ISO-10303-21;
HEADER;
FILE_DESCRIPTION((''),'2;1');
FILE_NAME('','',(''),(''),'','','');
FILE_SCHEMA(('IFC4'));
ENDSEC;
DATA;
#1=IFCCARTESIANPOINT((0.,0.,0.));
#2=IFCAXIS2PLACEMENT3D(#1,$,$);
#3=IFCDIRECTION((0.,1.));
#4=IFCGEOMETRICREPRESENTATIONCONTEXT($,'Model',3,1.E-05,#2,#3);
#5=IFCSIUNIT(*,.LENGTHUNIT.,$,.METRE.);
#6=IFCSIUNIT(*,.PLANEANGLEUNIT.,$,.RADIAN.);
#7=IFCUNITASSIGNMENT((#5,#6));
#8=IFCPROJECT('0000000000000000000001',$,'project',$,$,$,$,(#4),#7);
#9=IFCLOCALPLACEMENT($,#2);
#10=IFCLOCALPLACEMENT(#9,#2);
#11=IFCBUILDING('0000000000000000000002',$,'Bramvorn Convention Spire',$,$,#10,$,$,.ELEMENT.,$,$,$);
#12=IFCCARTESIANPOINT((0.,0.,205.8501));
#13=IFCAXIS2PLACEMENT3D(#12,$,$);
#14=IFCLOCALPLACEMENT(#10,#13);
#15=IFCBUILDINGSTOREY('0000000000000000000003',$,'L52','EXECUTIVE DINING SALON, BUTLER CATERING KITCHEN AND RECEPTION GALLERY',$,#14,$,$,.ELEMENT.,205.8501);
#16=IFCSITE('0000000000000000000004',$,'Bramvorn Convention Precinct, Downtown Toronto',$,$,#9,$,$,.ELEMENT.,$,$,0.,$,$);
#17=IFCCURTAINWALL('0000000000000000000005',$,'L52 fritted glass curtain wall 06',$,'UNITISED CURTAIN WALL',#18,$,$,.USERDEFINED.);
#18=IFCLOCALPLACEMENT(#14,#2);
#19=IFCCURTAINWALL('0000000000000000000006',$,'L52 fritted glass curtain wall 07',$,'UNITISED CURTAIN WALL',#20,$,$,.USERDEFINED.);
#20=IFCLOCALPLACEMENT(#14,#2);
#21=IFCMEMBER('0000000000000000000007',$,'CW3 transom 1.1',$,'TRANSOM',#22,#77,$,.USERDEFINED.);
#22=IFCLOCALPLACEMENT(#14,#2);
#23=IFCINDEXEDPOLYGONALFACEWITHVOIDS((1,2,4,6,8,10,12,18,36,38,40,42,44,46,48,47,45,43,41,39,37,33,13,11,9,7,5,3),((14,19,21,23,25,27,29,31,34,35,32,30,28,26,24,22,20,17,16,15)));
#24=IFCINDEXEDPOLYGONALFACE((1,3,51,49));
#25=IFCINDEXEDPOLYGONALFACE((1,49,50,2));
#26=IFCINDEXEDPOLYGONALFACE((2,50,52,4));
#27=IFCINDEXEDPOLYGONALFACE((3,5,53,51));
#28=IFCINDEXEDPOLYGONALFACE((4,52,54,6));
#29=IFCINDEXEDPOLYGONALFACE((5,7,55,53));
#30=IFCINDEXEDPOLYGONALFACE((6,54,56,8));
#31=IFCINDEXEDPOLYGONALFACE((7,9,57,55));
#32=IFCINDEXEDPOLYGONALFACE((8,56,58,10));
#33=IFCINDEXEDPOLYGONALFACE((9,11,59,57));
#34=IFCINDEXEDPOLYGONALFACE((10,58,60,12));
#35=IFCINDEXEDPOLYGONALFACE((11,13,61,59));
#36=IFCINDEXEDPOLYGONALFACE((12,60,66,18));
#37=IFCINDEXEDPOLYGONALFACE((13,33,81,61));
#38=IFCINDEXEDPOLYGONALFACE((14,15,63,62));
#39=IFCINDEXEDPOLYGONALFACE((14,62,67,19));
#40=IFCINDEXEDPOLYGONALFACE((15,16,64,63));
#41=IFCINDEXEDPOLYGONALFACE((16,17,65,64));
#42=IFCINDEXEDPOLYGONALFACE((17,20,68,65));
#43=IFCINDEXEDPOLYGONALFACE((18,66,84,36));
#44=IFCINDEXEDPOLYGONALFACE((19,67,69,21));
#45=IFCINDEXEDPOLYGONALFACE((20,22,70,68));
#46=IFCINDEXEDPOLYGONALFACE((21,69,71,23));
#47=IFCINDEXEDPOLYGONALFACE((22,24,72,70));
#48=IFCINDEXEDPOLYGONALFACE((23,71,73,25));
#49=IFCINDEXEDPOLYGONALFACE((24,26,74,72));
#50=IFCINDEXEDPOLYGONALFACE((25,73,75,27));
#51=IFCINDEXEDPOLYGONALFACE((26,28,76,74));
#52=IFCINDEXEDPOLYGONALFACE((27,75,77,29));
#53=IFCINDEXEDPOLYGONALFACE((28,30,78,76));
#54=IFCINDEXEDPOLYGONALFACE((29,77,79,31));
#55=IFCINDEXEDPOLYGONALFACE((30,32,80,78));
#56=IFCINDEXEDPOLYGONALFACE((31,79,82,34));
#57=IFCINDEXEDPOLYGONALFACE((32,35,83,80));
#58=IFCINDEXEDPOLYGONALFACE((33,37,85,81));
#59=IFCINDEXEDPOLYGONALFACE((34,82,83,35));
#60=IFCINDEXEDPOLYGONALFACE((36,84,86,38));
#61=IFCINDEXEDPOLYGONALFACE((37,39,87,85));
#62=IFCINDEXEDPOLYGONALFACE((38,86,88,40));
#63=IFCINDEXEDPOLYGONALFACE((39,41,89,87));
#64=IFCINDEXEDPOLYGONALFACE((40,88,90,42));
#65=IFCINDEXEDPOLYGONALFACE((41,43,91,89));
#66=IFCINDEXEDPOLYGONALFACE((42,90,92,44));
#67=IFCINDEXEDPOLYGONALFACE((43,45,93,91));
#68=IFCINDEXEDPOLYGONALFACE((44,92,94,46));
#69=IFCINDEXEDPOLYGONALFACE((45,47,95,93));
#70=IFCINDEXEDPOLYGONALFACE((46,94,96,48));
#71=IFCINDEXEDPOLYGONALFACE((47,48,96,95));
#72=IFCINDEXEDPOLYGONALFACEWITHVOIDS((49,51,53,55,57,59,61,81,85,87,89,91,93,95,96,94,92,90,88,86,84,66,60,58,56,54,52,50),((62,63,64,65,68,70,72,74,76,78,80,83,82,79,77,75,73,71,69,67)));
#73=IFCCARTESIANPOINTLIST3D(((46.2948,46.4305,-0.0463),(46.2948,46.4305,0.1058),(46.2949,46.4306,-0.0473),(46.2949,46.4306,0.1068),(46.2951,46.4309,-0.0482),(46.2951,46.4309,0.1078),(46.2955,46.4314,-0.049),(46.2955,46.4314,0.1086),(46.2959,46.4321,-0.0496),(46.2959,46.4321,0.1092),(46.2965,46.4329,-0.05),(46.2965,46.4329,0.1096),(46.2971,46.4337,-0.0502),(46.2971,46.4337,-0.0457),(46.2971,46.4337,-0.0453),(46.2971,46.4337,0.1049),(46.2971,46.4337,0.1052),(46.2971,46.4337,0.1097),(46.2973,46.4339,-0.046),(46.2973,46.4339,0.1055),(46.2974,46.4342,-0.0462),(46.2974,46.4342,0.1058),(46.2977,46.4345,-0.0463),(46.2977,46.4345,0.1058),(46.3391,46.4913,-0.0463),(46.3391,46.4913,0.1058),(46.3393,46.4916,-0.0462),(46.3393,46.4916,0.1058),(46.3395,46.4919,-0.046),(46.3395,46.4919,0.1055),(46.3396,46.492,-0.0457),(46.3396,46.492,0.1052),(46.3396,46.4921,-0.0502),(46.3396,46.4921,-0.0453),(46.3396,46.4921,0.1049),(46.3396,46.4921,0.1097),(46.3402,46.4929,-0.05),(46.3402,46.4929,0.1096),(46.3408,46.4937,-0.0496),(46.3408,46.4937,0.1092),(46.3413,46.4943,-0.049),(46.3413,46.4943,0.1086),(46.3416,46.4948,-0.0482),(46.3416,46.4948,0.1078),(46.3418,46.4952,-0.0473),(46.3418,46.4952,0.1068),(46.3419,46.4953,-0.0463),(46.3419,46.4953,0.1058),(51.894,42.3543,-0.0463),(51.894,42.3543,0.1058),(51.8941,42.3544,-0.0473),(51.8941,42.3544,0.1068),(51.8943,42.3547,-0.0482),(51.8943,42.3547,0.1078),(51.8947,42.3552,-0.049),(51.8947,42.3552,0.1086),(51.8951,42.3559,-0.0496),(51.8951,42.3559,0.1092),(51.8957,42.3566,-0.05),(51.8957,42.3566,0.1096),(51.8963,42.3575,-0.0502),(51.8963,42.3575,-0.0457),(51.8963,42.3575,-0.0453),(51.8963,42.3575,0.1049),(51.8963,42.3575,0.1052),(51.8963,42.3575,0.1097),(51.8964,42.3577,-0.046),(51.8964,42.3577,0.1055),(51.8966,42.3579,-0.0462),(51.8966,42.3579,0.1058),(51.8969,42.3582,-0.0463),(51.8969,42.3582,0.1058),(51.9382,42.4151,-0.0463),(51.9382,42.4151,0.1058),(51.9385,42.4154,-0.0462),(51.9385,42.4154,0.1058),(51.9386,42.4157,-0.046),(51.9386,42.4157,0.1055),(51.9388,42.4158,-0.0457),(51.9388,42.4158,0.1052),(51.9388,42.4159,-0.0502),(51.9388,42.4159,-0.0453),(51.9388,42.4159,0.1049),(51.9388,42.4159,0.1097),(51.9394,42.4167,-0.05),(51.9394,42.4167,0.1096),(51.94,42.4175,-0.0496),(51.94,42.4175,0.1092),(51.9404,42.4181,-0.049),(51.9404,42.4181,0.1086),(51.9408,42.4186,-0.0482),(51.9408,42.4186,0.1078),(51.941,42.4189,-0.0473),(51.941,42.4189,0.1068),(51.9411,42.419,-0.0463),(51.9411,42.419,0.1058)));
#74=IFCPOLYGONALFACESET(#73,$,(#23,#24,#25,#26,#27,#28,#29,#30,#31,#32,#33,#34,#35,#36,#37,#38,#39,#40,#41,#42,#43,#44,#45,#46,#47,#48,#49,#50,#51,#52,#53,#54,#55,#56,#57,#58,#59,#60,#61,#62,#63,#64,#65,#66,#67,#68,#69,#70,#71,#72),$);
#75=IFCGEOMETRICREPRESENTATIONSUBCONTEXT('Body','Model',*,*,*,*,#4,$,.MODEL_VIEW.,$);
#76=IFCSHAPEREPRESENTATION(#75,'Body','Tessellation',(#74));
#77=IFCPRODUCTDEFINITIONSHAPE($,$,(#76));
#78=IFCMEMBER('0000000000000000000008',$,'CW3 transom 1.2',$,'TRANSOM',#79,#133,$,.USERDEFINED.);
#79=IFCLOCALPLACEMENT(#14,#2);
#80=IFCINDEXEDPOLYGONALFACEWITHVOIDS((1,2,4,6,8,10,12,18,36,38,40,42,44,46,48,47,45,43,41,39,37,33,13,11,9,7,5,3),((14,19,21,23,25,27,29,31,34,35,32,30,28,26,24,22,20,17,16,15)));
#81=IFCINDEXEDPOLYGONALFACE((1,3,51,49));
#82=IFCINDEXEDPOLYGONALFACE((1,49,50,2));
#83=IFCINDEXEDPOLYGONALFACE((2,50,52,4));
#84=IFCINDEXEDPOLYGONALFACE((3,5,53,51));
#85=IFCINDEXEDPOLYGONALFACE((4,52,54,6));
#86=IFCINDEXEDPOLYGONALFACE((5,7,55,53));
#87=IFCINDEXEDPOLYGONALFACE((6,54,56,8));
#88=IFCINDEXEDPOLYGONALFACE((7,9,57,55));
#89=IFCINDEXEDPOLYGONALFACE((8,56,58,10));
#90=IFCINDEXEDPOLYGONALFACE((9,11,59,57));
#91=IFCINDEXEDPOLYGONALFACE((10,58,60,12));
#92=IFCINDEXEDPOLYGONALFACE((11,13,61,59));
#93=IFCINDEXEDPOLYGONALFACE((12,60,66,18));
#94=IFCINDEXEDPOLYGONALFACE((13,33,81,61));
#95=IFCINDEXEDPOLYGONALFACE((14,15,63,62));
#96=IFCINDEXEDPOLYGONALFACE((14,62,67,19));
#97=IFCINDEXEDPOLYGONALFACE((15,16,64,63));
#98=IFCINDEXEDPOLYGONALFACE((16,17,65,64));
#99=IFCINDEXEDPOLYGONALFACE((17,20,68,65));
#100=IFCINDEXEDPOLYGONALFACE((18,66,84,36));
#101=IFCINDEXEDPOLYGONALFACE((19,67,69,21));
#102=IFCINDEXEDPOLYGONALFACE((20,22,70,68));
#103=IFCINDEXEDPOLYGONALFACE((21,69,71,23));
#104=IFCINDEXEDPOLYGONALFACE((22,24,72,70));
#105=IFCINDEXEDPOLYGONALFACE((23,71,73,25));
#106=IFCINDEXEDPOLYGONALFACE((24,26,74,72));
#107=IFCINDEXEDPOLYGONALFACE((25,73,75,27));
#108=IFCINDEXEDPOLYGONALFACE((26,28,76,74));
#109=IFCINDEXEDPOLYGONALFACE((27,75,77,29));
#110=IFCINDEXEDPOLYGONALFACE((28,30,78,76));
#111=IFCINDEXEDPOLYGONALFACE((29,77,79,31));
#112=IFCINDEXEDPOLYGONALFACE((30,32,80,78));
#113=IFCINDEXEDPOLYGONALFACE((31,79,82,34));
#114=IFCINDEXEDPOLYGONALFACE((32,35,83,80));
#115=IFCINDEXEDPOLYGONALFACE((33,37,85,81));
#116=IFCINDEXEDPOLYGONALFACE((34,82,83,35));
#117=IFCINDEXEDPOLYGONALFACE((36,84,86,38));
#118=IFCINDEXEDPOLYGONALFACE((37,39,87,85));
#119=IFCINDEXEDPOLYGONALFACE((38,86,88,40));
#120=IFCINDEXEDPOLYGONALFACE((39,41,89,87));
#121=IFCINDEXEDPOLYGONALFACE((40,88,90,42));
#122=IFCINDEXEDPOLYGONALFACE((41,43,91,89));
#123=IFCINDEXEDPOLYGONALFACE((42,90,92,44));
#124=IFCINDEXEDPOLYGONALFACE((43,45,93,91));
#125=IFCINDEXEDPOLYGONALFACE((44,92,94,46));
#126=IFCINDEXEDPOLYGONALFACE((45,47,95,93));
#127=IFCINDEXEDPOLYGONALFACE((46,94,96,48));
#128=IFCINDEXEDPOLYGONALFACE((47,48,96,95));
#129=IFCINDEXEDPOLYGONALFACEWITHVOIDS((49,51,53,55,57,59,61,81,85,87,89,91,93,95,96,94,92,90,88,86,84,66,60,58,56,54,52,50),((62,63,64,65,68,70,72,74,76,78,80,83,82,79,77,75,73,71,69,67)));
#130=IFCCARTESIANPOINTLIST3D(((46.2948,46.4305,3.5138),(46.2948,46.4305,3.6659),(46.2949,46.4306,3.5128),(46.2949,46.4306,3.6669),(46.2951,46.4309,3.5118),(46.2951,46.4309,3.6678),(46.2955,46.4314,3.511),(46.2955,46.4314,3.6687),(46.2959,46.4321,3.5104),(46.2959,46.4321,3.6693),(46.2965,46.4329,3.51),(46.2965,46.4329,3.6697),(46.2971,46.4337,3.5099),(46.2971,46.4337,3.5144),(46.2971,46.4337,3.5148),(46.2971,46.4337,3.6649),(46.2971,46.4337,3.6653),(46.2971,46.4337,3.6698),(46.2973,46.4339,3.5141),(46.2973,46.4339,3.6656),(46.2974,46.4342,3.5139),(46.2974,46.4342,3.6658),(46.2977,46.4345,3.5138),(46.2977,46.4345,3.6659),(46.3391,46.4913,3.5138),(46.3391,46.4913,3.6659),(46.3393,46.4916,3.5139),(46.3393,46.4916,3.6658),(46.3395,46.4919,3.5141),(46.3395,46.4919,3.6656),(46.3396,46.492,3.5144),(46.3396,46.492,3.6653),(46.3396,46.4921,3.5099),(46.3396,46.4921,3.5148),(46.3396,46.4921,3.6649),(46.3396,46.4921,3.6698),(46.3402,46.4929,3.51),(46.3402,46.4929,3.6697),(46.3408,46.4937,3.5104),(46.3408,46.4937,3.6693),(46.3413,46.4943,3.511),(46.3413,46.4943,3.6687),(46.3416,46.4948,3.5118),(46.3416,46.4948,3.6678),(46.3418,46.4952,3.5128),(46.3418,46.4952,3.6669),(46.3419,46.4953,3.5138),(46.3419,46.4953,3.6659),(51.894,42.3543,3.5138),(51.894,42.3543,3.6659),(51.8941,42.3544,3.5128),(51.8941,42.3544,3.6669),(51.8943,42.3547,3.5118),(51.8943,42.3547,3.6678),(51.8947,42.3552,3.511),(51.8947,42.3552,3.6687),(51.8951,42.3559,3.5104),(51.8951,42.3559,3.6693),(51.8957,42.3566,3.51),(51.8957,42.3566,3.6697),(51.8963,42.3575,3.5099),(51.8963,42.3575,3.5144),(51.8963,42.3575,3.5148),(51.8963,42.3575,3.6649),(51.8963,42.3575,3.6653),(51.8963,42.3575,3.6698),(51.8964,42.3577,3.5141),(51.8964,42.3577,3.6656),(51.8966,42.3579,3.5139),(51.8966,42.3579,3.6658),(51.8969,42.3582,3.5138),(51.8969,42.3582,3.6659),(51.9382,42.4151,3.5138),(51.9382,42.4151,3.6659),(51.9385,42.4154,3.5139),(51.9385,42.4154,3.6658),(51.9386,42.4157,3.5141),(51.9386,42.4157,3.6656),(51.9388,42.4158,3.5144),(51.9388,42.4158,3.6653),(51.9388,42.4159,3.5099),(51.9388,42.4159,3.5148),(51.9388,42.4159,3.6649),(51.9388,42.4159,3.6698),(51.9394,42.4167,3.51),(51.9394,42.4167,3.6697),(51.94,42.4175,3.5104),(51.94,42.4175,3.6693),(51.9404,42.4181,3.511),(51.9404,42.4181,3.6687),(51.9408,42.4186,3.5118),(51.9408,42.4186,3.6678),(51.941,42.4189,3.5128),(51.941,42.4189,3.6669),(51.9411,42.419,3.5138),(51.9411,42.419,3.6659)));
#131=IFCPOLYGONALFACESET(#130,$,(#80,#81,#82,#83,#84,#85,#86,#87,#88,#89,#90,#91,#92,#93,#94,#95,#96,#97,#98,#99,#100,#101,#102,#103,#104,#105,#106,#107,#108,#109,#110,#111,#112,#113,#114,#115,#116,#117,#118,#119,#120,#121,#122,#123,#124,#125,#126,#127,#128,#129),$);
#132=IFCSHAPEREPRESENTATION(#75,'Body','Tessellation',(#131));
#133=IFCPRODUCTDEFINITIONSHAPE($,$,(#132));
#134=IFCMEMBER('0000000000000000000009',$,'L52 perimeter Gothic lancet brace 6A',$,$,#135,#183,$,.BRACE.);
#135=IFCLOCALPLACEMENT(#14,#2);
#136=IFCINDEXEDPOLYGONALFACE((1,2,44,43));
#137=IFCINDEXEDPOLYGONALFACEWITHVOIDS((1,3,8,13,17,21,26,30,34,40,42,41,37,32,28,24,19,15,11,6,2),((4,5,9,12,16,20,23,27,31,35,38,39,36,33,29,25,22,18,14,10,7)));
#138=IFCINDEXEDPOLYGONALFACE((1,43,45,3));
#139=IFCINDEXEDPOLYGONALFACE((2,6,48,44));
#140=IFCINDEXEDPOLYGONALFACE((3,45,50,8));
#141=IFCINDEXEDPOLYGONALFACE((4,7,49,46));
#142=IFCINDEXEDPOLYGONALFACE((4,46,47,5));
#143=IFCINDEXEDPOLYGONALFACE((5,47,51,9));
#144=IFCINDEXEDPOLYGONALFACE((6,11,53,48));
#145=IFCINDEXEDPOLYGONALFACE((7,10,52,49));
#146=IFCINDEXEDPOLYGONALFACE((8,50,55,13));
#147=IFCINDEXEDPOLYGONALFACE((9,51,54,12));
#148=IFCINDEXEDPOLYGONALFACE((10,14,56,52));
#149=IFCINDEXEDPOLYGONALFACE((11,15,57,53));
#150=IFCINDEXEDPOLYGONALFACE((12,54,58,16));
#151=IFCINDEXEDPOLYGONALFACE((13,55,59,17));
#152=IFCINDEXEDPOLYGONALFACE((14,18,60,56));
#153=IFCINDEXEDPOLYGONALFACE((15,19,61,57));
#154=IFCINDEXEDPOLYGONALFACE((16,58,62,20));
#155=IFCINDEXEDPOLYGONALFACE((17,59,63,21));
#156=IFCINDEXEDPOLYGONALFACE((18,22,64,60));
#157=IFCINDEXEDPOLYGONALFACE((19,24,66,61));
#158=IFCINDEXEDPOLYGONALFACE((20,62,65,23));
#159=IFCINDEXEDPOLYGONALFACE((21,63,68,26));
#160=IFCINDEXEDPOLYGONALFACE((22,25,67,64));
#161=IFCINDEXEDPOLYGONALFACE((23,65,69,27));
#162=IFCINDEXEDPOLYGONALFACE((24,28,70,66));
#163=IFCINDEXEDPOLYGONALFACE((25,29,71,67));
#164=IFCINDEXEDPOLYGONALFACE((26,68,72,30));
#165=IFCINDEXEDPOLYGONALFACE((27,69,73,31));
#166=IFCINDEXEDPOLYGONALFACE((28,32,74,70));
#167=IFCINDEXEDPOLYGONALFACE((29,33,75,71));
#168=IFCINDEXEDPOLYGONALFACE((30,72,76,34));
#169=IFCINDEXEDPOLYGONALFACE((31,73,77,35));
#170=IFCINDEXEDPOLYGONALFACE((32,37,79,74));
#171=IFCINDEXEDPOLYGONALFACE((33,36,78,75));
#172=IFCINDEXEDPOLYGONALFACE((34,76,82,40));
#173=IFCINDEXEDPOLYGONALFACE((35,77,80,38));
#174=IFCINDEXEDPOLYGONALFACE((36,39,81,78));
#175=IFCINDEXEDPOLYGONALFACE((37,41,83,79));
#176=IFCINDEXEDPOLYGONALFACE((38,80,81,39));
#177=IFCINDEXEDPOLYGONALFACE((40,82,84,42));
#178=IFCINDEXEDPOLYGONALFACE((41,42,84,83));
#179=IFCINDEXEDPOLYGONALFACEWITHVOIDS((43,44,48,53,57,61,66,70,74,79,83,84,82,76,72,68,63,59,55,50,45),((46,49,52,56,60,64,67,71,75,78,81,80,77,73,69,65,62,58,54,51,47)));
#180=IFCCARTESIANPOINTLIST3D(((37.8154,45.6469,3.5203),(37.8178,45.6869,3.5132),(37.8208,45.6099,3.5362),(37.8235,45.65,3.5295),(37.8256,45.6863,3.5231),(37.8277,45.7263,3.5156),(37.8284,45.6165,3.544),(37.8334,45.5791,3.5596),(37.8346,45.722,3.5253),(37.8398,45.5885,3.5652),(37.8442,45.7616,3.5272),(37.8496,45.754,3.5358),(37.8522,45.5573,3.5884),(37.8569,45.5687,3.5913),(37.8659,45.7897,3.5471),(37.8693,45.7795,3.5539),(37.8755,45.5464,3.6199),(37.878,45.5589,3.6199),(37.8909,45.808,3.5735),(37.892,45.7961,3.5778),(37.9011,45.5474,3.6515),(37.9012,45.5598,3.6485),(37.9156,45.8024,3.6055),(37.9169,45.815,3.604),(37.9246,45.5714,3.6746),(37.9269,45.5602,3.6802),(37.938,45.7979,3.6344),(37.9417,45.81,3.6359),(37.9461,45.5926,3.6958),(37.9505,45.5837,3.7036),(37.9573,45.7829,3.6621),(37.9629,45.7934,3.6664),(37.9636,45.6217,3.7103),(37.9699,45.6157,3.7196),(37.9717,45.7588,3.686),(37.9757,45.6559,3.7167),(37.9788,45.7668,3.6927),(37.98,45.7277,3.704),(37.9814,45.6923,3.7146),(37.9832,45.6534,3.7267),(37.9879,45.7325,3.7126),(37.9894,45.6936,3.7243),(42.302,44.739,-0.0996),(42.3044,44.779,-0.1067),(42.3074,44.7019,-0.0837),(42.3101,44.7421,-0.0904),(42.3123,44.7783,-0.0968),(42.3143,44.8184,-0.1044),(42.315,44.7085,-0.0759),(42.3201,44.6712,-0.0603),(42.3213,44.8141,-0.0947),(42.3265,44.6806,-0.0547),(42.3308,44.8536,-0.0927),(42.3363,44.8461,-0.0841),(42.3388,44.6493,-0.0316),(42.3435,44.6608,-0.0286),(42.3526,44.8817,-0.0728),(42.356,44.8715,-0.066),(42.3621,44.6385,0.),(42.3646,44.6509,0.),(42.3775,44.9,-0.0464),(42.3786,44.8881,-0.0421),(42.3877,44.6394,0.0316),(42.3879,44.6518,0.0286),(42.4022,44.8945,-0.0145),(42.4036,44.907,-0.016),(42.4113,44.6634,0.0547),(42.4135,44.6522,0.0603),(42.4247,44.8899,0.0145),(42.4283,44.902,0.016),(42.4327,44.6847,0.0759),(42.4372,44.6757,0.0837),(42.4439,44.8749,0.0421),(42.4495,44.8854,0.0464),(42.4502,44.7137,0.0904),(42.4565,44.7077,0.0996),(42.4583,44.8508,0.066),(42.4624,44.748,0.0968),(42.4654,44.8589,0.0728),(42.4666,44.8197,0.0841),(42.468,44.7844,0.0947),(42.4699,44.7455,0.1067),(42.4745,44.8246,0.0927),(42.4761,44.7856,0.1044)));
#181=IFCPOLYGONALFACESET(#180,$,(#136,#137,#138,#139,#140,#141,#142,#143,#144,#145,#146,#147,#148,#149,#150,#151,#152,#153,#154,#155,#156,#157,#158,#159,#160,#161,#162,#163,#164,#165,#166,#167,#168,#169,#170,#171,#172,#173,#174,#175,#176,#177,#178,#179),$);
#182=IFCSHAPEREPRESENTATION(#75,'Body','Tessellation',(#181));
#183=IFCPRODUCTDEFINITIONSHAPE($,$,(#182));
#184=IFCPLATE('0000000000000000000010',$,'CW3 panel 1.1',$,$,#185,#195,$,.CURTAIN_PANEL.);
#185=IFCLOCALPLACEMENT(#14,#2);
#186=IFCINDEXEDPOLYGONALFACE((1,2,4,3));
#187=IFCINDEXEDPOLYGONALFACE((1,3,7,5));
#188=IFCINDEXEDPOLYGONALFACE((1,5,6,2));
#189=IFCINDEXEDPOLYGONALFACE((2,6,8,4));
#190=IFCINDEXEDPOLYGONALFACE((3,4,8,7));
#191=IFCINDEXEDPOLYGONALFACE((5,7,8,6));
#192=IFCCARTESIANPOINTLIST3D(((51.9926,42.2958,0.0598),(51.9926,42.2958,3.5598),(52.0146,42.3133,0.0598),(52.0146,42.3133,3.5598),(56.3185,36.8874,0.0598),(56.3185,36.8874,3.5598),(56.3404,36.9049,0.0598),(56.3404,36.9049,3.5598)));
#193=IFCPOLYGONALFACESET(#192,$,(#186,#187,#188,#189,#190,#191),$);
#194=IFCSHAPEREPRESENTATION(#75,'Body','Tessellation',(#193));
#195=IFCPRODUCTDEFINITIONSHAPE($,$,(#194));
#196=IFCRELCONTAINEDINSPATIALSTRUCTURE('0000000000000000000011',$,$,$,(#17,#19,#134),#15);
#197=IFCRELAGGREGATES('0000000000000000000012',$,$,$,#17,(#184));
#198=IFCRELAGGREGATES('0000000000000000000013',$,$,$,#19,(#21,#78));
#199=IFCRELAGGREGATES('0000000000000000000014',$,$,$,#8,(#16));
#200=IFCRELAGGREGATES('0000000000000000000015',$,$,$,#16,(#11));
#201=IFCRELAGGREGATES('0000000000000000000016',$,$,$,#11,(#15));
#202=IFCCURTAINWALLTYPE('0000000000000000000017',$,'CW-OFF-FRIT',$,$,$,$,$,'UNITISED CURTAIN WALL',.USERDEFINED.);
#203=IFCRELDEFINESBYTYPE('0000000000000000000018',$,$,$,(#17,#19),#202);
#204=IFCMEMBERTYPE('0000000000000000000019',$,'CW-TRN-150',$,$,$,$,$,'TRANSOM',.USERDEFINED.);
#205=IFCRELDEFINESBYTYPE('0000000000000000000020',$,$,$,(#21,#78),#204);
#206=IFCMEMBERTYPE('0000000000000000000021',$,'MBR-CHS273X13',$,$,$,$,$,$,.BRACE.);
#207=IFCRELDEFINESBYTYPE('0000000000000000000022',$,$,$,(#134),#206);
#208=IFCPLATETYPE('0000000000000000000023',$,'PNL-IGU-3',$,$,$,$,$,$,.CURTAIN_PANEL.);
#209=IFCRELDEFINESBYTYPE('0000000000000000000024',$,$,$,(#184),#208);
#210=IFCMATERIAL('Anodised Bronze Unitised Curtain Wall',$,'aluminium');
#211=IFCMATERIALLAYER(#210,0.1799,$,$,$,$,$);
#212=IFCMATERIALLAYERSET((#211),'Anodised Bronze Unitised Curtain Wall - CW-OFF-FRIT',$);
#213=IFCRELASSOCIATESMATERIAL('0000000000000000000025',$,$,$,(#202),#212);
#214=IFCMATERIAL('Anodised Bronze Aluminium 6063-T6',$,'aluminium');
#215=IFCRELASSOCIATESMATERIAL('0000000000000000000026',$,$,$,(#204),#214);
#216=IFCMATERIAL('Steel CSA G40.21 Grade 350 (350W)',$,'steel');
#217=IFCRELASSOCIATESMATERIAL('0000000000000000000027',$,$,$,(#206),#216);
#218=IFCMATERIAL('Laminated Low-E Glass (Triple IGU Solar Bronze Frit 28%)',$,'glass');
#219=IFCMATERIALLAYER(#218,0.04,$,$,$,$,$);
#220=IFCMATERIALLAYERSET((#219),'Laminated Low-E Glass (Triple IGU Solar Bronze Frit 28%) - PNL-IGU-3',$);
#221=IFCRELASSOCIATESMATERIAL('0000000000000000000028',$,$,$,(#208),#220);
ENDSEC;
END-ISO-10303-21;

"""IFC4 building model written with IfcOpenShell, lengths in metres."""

from ifc_helpers import new_model, si_unit, direction, frame, origin, origin_2d, place, context, subcontext, project, spatial, rectangle, hollow_rectangle, hollow_circle, extrude, material, layer, layer_set, material_profile, profile_set, type_object, element, aggregate, save


model = new_model("IFC4")

# Units and contexts
model_context = context("Model", 3, precision=1e-05, world=origin(), true_north=direction((0.0, 1.0)))
body_context = subcontext(model_context, "Body", "Model", "MODEL_VIEW")
ifc_project = project(units=[si_unit("LENGTHUNIT", "METRE"), si_unit("PLANEANGLEUNIT", "RADIAN")], contexts=[model_context])

# Site, building, storey
site_placement = place(None, origin())
site = spatial("IfcSite", under=ifc_project, at=site_placement, Name="Bramvorn Convention Precinct, Downtown Toronto", CompositionType="ELEMENT", RefElevation=0.0)
building_placement = place(site_placement, origin())
building = spatial("IfcBuilding", under=site, at=building_placement, Name="Bramvorn Convention Spire", CompositionType="ELEMENT")
storey_placement = place(building_placement, frame((0.0, 0.0, 205.8501)))
storey = spatial("IfcBuildingStorey", under=building, at=storey_placement, Name="L52", Description="EXECUTIVE DINING SALON, BUTLER CATERING KITCHEN AND RECEPTION GALLERY", CompositionType="ELEMENT", Elevation=205.8501)

# Shared definitions
ifc_material_1 = material(Name="Steel CSA G40.21 Grade 350 (350W)", Category="steel")

# Curtain walls
ifc_material_2 = material(Name="Anodised Bronze Unitised Curtain Wall", Category="aluminium")
ifc_layer_1 = layer(ifc_material_2, 0.1799)
ifc_layer_set_1 = layer_set([ifc_layer_1], Name="Anodised Bronze Unitised Curtain Wall - CW-OFF-FRIT")
curtain_wall_type = type_object("IfcCurtainWallType", Name="CW-OFF-FRIT", ElementType="UNITISED CURTAIN WALL", PredefinedType="USERDEFINED", material=ifc_layer_set_1)
curtain_wall_1_placement = place(storey_placement, origin())
curtain_wall_1 = element("IfcCurtainWall", 1, at=curtain_wall_1_placement, inside=storey, type_object=curtain_wall_type, Name="L52 fritted glass curtain wall 06", ObjectType="UNITISED CURTAIN WALL", PredefinedType="USERDEFINED")
ifc_material_3 = material(Name="Anodised Bronze Aluminium 6063-T6", Category="aluminium")
curtain_wall_2_placement = place(storey_placement, origin())
curtain_wall_2 = element("IfcCurtainWall", 2, at=curtain_wall_2_placement, inside=storey, type_object=curtain_wall_type, Name="L52 fritted glass curtain wall 07", ObjectType="UNITISED CURTAIN WALL", PredefinedType="USERDEFINED")

# Members
ifc_material_profile_1 = material_profile(ifc_material_3, hollow_rectangle(XDim=0.0801, YDim=0.1599, WallThickness=0.0039, InnerFilletRadius=0.001, OuterFilletRadius=0.0039, at=origin_2d()))
ifc_profile_set_1 = profile_set([ifc_material_profile_1], Name="Anodised Bronze Aluminium 6063-T6 - CWT80X160")
member_type_1 = type_object("IfcMemberType", Name="CW-TRN-150", ElementType="TRANSOM", PredefinedType="USERDEFINED", material=ifc_profile_set_1)
member_1_placement = place(storey_placement, frame((46.3184, 46.4629, 0.0298), z_axis=(0.808456, -0.588557, 0.0), x_axis=(0.588557, 0.808456, 0.0)))
member_1 = element("IfcMember", 3, at=member_1_placement, type_object=member_type_1, Name="CW3 transom 1.1", ObjectType="TRANSOM", PredefinedType="USERDEFINED", context=body_context, shape_type="SweptSolid", body=[
    extrude(hollow_rectangle(XDim=0.0801, YDim=0.1599, WallThickness=0.0039, InnerFilletRadius=0.001, OuterFilletRadius=0.0039, at=origin_2d()), origin(), (0.0, 0.0, 1.0), 6.9258),
])
member_2_placement = place(storey_placement, frame((46.3184, 46.4629, 3.5898), z_axis=(0.808456, -0.588557, 0.0), x_axis=(0.588557, 0.808456, 0.0)))
member_2 = element("IfcMember", 4, at=member_2_placement, type_object=member_type_1, Name="CW3 transom 1.2", ObjectType="TRANSOM", PredefinedType="USERDEFINED", context=body_context, shape_type="SweptSolid", body=[
    extrude(hollow_rectangle(XDim=0.0801, YDim=0.1599, WallThickness=0.0039, InnerFilletRadius=0.001, OuterFilletRadius=0.0039, at=origin_2d()), origin(), (0.0, 0.0, 1.0), 6.9258),
])
ifc_material_profile_2 = material_profile(ifc_material_1, hollow_circle(Radius=0.1365, WallThickness=0.0127, at=origin_2d()))
ifc_profile_set_2 = profile_set([ifc_material_profile_2], Name="Steel CSA G40.21 Grade 350 (350W) - CHS273X13")
member_type_2 = type_object("IfcMemberType", Name="MBR-CHS273X13", PredefinedType="BRACE", material=ifc_profile_set_2)
member_3_placement = place(storey_placement, frame((42.3892, 44.7722, 0.0), z_axis=(-0.768794, 0.155583, 0.620282), x_axis=(-0.198352, -0.980131, 0.0)))
element("IfcMember", 5, at=member_3_placement, inside=storey, type_object=member_type_2, Name="L52 perimeter Gothic lancet brace 6A", PredefinedType="BRACE", context=body_context, shape_type="SweptSolid", body=[
    extrude(hollow_circle(Radius=0.1365, WallThickness=0.0127, at=origin_2d()), origin(), (0.0, 0.0, 1.0), 5.8359),
])

# Plate
ifc_material_4 = material(Name="Laminated Low-E Glass (Triple IGU Solar Bronze Frit 28%)", Category="glass")
ifc_layer_2 = layer(ifc_material_4, 0.04)
ifc_layer_set_2 = layer_set([ifc_layer_2], Name="Laminated Low-E Glass (Triple IGU Solar Bronze Frit 28%) - PNL-IGU-3")
plate_type = type_object("IfcPlateType", Name="PNL-IGU-3", PredefinedType="CURTAIN_PANEL", material=ifc_layer_set_2)
plate_1_placement = place(storey_placement, frame((54.1665, 39.6003, 0.0598), z_axis=(0.0, 0.0, 1.0), x_axis=(0.624619, -0.78093, 0.0)))
plate_1 = element("IfcPlate", 6, at=plate_1_placement, type_object=plate_type, Name="CW3 panel 1.1", PredefinedType="CURTAIN_PANEL", context=body_context, shape_type="SweptSolid", body=[
    extrude(rectangle(XDim=6.9255, YDim=0.0281, at=origin_2d()), origin(), (0.0, 0.0, 1.0), 3.5),
])
aggregate(curtain_wall_1, [plate_1])
aggregate(curtain_wall_2, [member_1, member_2])

save(model, "model.ifc")
